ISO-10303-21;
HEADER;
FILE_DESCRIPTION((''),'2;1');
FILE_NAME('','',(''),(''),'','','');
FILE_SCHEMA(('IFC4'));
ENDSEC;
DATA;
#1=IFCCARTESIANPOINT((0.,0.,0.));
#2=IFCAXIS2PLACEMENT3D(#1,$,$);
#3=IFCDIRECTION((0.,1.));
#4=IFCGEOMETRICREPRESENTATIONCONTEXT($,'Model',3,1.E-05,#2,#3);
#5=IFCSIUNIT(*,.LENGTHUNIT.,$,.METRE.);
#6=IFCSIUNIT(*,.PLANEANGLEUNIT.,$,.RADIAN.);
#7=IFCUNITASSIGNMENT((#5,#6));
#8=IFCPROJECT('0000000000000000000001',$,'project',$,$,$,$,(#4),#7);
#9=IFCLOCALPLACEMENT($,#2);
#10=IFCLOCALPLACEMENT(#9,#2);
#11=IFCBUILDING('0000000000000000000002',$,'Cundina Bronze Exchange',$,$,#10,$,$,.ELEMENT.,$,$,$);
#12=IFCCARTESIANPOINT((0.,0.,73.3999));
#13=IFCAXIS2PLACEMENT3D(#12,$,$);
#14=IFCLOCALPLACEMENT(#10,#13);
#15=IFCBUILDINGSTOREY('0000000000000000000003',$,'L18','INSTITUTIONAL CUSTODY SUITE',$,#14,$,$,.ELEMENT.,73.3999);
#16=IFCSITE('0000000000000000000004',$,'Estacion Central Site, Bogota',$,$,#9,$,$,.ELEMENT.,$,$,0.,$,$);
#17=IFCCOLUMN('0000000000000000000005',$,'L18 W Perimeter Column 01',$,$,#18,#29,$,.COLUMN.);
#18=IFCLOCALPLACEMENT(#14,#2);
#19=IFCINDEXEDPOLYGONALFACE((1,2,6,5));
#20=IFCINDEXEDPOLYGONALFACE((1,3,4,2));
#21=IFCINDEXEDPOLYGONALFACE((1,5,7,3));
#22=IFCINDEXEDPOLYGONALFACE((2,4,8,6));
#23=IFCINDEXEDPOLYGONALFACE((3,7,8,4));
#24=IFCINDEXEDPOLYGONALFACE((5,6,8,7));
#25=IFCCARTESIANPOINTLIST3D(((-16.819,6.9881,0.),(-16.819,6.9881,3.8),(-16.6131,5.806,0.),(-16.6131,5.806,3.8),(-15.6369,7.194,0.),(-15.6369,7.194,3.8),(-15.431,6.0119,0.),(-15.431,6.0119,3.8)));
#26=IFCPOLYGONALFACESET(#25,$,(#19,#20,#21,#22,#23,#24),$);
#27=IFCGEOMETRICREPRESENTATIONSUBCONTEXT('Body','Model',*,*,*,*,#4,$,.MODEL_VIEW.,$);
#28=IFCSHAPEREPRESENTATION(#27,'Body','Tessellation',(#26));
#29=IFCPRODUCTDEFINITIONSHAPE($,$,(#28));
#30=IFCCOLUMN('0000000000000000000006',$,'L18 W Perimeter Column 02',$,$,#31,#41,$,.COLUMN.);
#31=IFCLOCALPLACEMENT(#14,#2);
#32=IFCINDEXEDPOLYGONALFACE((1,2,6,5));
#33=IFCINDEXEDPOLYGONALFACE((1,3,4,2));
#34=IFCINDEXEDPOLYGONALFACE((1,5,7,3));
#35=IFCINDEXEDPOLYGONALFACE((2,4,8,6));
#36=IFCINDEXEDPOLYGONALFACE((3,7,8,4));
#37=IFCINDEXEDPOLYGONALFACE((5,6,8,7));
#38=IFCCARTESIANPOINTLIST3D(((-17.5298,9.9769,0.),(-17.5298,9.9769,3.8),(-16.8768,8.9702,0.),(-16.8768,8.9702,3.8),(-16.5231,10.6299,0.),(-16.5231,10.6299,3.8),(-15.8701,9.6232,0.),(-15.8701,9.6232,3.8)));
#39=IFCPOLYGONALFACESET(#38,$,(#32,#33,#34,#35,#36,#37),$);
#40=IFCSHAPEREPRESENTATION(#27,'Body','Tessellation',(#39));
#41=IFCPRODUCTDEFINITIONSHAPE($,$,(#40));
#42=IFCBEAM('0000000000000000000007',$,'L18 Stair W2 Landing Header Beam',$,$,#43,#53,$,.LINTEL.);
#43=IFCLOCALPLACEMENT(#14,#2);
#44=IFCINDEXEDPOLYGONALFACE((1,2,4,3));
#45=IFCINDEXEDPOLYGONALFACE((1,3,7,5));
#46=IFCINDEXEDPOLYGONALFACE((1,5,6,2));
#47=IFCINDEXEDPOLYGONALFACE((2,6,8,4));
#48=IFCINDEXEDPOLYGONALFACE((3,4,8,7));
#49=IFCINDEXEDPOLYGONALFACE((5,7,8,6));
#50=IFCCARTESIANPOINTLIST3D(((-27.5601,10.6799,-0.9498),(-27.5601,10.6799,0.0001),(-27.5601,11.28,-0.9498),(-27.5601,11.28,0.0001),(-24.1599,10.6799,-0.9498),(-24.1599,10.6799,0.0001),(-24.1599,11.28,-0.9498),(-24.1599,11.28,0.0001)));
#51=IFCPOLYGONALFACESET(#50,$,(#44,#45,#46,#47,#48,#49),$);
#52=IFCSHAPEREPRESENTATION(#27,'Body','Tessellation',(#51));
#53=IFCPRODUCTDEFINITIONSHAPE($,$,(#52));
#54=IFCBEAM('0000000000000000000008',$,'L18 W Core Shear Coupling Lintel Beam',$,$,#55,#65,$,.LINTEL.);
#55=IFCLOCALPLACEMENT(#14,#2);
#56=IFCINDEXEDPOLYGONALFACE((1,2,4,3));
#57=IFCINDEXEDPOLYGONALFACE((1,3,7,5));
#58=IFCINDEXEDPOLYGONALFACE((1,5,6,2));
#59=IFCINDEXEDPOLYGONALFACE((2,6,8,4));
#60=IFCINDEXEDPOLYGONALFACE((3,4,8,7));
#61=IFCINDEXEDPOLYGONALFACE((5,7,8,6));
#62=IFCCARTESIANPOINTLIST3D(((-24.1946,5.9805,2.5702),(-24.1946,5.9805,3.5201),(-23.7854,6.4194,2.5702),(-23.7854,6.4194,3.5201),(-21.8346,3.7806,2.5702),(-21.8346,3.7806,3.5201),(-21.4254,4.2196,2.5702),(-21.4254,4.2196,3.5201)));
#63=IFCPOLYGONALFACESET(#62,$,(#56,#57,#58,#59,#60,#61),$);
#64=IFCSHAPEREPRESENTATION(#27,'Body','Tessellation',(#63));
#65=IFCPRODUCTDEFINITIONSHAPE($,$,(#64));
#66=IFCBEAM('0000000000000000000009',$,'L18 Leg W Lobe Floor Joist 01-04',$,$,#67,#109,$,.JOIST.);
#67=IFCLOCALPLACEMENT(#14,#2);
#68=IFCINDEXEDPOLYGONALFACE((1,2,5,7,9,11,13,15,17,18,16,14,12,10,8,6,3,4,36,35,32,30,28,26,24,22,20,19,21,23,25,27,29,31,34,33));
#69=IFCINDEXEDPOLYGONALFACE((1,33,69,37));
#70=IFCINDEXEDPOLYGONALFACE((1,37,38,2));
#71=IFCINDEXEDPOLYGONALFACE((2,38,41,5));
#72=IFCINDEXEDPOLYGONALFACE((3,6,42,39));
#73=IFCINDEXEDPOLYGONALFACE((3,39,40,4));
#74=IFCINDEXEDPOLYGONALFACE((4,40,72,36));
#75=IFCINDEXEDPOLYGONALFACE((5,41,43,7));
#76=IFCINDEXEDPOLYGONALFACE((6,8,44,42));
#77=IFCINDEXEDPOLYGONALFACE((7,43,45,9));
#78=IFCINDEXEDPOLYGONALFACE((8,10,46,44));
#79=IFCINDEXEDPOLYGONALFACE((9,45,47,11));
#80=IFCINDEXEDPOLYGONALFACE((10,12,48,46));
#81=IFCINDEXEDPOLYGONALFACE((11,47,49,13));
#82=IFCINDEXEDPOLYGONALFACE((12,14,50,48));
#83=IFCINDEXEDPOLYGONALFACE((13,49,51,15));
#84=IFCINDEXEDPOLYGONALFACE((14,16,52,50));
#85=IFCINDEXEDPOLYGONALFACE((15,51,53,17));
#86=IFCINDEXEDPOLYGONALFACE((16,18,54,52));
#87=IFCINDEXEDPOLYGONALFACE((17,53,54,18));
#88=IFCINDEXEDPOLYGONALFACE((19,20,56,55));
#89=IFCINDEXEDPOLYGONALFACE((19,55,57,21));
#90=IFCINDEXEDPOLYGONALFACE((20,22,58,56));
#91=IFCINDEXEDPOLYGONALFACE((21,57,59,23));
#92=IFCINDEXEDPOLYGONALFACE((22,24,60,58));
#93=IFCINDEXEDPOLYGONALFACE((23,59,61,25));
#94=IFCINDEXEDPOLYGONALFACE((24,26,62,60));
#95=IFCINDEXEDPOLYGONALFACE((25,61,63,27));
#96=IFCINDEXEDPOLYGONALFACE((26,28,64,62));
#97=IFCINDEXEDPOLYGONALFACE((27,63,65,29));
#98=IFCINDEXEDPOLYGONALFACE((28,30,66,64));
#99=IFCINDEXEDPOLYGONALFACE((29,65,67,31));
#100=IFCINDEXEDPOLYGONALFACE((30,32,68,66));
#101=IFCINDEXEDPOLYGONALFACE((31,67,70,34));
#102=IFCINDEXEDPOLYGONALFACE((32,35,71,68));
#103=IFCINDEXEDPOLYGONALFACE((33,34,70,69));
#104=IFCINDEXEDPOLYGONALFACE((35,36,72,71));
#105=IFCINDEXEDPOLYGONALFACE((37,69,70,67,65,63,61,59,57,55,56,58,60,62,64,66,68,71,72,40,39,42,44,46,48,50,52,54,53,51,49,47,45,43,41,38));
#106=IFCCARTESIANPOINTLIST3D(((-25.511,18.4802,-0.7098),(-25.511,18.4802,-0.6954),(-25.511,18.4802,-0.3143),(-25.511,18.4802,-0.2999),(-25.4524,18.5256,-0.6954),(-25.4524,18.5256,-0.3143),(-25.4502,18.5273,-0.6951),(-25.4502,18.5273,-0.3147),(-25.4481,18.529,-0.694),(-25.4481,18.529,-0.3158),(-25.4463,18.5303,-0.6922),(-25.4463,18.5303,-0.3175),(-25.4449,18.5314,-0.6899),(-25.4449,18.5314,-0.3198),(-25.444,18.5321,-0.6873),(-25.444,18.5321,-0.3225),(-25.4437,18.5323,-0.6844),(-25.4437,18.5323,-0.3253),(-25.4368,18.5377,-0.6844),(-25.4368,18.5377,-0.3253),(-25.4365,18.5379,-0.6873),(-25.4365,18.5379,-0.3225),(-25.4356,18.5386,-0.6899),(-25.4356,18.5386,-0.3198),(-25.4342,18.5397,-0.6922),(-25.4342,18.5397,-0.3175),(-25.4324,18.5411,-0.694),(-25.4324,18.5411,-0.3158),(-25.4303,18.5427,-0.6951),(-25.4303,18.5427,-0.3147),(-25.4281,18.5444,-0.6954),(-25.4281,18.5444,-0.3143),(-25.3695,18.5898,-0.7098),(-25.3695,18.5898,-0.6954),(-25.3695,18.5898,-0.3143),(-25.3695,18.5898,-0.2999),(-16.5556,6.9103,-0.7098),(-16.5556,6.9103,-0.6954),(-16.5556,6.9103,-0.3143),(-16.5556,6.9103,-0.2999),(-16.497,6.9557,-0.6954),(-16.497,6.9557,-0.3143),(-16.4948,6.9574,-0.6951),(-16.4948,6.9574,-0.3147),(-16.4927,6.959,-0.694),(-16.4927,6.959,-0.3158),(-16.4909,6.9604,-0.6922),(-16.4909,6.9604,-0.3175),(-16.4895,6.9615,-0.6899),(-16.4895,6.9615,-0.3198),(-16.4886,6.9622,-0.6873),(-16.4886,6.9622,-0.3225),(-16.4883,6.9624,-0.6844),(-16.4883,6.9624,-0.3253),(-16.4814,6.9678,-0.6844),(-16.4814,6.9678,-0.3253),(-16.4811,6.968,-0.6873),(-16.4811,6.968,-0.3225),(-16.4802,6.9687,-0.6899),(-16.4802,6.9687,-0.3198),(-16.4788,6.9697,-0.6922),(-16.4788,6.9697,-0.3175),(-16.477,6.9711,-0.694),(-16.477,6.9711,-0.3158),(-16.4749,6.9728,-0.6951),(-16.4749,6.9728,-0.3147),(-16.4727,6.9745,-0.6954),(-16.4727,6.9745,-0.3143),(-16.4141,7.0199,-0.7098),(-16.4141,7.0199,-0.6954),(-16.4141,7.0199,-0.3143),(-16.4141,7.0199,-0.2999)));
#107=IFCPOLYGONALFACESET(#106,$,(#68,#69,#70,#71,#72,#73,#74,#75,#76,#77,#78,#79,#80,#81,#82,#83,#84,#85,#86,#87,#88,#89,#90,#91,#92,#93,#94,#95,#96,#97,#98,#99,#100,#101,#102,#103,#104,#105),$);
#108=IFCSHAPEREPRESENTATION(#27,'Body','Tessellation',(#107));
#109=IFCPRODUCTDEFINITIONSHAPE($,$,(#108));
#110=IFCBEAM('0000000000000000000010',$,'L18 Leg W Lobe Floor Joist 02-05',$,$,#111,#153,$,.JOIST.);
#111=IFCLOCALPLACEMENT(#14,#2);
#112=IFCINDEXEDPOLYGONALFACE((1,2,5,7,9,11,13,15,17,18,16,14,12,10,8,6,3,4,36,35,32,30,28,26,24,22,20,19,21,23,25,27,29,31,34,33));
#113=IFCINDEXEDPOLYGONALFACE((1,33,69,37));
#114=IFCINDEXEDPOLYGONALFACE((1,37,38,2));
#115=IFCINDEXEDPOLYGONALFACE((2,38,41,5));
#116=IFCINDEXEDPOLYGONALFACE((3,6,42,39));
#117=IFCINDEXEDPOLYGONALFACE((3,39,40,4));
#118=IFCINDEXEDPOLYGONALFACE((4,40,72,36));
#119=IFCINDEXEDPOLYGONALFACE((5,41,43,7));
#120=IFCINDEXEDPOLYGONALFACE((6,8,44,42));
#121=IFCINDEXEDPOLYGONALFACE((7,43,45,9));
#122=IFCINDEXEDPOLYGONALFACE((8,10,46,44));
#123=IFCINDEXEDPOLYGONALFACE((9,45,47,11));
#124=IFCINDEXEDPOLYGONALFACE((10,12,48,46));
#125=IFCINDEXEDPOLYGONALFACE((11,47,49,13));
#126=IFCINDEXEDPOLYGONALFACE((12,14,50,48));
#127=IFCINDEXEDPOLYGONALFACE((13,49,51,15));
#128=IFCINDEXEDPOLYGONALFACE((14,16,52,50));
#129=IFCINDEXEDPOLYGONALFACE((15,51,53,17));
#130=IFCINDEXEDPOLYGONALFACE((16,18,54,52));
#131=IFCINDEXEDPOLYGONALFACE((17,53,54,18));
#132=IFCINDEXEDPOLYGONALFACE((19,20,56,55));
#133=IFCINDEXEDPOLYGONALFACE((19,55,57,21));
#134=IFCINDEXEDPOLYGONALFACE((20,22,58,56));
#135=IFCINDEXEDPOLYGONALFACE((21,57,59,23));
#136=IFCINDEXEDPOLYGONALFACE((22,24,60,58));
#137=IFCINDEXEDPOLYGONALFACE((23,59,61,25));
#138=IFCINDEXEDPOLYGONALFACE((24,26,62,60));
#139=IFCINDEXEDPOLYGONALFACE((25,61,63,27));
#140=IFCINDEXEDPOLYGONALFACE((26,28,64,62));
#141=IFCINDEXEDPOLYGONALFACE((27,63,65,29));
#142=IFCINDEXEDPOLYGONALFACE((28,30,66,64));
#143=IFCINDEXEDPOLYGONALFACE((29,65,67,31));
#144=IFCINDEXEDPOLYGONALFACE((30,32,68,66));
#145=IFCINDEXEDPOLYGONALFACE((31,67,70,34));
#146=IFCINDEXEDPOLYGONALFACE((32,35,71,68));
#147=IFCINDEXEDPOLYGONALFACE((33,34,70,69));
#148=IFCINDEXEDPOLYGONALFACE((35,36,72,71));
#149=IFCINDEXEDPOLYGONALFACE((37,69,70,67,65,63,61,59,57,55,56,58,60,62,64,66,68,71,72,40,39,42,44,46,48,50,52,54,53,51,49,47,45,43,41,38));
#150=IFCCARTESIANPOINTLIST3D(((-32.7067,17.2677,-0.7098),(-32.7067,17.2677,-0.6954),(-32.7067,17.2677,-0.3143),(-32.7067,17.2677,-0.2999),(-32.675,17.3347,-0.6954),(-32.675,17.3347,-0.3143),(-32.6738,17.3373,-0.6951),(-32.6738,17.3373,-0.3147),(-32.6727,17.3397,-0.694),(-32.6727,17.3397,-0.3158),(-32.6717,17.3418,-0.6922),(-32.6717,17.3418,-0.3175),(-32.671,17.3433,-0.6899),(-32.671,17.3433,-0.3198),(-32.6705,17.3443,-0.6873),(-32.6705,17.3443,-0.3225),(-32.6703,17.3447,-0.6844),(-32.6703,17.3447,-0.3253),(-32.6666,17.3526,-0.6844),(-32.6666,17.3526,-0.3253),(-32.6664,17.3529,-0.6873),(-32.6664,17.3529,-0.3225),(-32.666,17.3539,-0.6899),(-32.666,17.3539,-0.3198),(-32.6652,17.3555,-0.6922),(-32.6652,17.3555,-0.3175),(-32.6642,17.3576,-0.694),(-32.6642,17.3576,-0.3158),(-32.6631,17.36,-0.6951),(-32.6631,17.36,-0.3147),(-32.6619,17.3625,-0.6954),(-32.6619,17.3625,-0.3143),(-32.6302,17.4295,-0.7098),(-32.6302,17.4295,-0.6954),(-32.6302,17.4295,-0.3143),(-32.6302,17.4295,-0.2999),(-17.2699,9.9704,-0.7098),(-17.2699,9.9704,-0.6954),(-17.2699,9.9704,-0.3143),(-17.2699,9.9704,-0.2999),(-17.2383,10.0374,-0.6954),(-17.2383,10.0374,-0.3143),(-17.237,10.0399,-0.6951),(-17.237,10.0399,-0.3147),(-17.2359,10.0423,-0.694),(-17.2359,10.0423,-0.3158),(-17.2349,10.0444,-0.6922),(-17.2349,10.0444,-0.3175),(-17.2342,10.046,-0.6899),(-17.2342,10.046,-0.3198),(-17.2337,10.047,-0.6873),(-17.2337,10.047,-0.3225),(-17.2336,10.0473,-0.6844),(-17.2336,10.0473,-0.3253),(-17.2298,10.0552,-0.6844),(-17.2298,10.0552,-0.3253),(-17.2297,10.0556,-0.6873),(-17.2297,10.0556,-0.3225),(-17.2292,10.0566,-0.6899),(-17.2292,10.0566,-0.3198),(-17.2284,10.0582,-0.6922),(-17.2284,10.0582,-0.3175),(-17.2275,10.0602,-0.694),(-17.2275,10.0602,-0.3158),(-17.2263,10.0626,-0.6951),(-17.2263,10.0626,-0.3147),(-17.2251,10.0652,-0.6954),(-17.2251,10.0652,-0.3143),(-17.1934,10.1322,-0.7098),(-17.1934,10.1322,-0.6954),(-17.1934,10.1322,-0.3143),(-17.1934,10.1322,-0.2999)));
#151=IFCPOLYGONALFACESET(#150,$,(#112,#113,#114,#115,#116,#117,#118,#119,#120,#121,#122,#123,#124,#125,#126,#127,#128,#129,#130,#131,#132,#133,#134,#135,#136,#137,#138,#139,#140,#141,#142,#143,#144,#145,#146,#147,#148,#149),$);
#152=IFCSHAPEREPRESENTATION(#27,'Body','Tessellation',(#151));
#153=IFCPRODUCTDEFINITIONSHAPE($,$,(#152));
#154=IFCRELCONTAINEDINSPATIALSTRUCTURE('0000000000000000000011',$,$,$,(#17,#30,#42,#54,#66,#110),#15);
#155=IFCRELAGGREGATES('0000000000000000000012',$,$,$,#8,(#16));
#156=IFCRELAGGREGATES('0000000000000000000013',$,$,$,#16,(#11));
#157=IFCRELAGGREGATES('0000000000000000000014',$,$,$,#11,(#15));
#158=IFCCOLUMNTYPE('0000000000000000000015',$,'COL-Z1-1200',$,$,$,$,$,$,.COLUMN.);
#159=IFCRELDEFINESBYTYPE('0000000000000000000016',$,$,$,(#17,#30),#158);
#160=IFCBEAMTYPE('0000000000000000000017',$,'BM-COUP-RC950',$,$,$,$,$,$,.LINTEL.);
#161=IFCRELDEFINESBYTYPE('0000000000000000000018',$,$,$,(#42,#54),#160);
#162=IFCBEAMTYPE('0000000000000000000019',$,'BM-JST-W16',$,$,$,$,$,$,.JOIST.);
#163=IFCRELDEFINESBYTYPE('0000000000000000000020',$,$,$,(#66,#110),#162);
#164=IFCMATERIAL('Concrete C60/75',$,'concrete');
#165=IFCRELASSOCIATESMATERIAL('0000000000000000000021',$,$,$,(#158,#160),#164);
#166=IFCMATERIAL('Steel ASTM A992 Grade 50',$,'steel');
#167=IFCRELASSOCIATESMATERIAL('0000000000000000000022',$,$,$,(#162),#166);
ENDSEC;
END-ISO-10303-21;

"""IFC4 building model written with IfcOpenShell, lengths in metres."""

from ifc_helpers import new_model, si_unit, direction, frame, origin, origin_2d, place, context, subcontext, project, spatial, rectangle, i_section, extrude, material, material_profile, profile_set, type_object, element, save


model = new_model("IFC4")

# Units and contexts
model_context = context("Model", 3, precision=1e-05, world=origin(), true_north=direction((0.0, 1.0)))
body_context = subcontext(model_context, "Body", "Model", "MODEL_VIEW")
ifc_project = project(units=[si_unit("LENGTHUNIT", "METRE"), si_unit("PLANEANGLEUNIT", "RADIAN")], contexts=[model_context])

# Site, building, storey
site_placement = place(None, origin())
site = spatial("IfcSite", under=ifc_project, at=site_placement, Name="Estacion Central Site, Bogota", CompositionType="ELEMENT", RefElevation=0.0)
building_placement = place(site_placement, origin())
building = spatial("IfcBuilding", under=site, at=building_placement, Name="Cundina Bronze Exchange", CompositionType="ELEMENT")
storey_placement = place(building_placement, frame((0.0, 0.0, 73.3999)))
storey = spatial("IfcBuildingStorey", under=building, at=storey_placement, Name="L18", Description="INSTITUTIONAL CUSTODY SUITE", CompositionType="ELEMENT", Elevation=73.3999)

# Columns
ifc_material_1 = material(Name="Concrete C60/75", Category="concrete")
ifc_material_profile_1 = material_profile(ifc_material_1, rectangle(XDim=1.2, YDim=1.2, at=origin_2d()), Name="RC1200X1200", Category="concrete")
ifc_profile_set_1 = profile_set([ifc_material_profile_1], Name="Concrete C60/75")
column_type = type_object("IfcColumnType", Name="COL-Z1-1200", PredefinedType="COLUMN", material=ifc_profile_set_1)
for number, where, z_axis, x_axis, name in (
    (1, (-16.125, 6.5, 0.0), (0.0, 0.0, 1.0), (-0.171585, 0.985169, 0.0), "L18 W Perimeter Column 01"),
    (2, (-16.7, 9.8, 0.0), (0.0, 0.0, 1.0), (-0.5442, 0.838956, 0.0), "L18 W Perimeter Column 02"),
):
    element("IfcColumn", number, at=place(storey_placement, frame(where, z_axis=z_axis, x_axis=x_axis)), inside=storey, type_object=column_type, Name=name, PredefinedType="COLUMN", context=body_context, shape_type="SweptSolid", body=[
        extrude(rectangle(XDim=1.2, YDim=1.2, at=origin_2d()), origin(), (0.0, 0.0, 1.0), 3.8),
    ])

# Beams
ifc_material_profile_2 = material_profile(ifc_material_1, rectangle(XDim=0.6001, YDim=0.95, at=origin_2d()), Name="RC600X950", Category="concrete")
ifc_profile_set_2 = profile_set([ifc_material_profile_2], Name="Concrete C60/75")
beam_type_1 = type_object("IfcBeamType", Name="BM-COUP-RC950", PredefinedType="LINTEL", material=ifc_profile_set_2)
beam_1_placement = place(storey_placement, frame((-27.5601, 10.98, -0.4749), z_axis=(1.0, 0.0, 0.0), x_axis=(0.0, 1.0, 0.0)))
element("IfcBeam", 3, at=beam_1_placement, inside=storey, type_object=beam_type_1, Name="L18 Stair W2 Landing Header Beam", PredefinedType="LINTEL", context=body_context, shape_type="SweptSolid", body=[
    extrude(rectangle(XDim=0.6001, YDim=0.95, at=origin_2d()), origin(), (0.0, 0.0, 1.0), 3.4001),
])
beam_2_placement = place(storey_placement, frame((-23.99, 6.2, 3.0452), z_axis=(0.73149, -0.681852, 0.0), x_axis=(0.681852, 0.73149, 0.0)))
element("IfcBeam", 4, at=beam_2_placement, inside=storey, type_object=beam_type_1, Name="L18 W Core Shear Coupling Lintel Beam", PredefinedType="LINTEL", context=body_context, shape_type="SweptSolid", body=[
    extrude(rectangle(XDim=0.6001, YDim=0.95, at=origin_2d()), origin(), (0.0, 0.0, 1.0), 3.2263),
])
ifc_material_2 = material(Name="Steel ASTM A992 Grade 50", Category="steel")
ifc_material_profile_3 = material_profile(ifc_material_2, i_section(OverallWidth=0.179, OverallDepth=0.4099, WebThickness=0.0088, FlangeThickness=0.0144, FilletRadius=0.011, at=origin_2d()), Name="W16X45", Category="steel")
ifc_profile_set_3 = profile_set([ifc_material_profile_3], Name="Steel ASTM A992 Grade 50")
beam_type_2 = type_object("IfcBeamType", Name="BM-JST-W16", PredefinedType="JOIST", material=ifc_profile_set_3)
beam_3_placement = place(storey_placement, frame((-16.4849, 6.9651, -0.5049), z_axis=(-0.612089, 0.790789, 0.0), x_axis=(-0.790789, -0.612089, 0.0)))
element("IfcBeam", 5, at=beam_3_placement, inside=storey, type_object=beam_type_2, Name="L18 Leg W Lobe Floor Joist 01-04", PredefinedType="JOIST", context=body_context, shape_type="SweptSolid", body=[
    extrude(i_section(OverallWidth=0.179, OverallDepth=0.4099, WebThickness=0.0088, FlangeThickness=0.0144, FilletRadius=0.011, at=origin_2d()), origin(), (0.0, 0.0, 1.0), 14.6309),
])
beam_4_placement = place(storey_placement, frame((-17.2317, 10.0513, -0.5049), z_axis=(-0.904073, 0.427379, 0.0), x_axis=(-0.427379, -0.904073, 0.0)))
element("IfcBeam", 6, at=beam_4_placement, inside=storey, type_object=beam_type_2, Name="L18 Leg W Lobe Floor Joist 02-05", PredefinedType="JOIST", context=body_context, shape_type="SweptSolid", body=[
    extrude(i_section(OverallWidth=0.179, OverallDepth=0.4099, WebThickness=0.0088, FlangeThickness=0.0144, FilletRadius=0.011, at=origin_2d()), origin(), (0.0, 0.0, 1.0), 17.0747),
])

save(model, "model.ifc")
